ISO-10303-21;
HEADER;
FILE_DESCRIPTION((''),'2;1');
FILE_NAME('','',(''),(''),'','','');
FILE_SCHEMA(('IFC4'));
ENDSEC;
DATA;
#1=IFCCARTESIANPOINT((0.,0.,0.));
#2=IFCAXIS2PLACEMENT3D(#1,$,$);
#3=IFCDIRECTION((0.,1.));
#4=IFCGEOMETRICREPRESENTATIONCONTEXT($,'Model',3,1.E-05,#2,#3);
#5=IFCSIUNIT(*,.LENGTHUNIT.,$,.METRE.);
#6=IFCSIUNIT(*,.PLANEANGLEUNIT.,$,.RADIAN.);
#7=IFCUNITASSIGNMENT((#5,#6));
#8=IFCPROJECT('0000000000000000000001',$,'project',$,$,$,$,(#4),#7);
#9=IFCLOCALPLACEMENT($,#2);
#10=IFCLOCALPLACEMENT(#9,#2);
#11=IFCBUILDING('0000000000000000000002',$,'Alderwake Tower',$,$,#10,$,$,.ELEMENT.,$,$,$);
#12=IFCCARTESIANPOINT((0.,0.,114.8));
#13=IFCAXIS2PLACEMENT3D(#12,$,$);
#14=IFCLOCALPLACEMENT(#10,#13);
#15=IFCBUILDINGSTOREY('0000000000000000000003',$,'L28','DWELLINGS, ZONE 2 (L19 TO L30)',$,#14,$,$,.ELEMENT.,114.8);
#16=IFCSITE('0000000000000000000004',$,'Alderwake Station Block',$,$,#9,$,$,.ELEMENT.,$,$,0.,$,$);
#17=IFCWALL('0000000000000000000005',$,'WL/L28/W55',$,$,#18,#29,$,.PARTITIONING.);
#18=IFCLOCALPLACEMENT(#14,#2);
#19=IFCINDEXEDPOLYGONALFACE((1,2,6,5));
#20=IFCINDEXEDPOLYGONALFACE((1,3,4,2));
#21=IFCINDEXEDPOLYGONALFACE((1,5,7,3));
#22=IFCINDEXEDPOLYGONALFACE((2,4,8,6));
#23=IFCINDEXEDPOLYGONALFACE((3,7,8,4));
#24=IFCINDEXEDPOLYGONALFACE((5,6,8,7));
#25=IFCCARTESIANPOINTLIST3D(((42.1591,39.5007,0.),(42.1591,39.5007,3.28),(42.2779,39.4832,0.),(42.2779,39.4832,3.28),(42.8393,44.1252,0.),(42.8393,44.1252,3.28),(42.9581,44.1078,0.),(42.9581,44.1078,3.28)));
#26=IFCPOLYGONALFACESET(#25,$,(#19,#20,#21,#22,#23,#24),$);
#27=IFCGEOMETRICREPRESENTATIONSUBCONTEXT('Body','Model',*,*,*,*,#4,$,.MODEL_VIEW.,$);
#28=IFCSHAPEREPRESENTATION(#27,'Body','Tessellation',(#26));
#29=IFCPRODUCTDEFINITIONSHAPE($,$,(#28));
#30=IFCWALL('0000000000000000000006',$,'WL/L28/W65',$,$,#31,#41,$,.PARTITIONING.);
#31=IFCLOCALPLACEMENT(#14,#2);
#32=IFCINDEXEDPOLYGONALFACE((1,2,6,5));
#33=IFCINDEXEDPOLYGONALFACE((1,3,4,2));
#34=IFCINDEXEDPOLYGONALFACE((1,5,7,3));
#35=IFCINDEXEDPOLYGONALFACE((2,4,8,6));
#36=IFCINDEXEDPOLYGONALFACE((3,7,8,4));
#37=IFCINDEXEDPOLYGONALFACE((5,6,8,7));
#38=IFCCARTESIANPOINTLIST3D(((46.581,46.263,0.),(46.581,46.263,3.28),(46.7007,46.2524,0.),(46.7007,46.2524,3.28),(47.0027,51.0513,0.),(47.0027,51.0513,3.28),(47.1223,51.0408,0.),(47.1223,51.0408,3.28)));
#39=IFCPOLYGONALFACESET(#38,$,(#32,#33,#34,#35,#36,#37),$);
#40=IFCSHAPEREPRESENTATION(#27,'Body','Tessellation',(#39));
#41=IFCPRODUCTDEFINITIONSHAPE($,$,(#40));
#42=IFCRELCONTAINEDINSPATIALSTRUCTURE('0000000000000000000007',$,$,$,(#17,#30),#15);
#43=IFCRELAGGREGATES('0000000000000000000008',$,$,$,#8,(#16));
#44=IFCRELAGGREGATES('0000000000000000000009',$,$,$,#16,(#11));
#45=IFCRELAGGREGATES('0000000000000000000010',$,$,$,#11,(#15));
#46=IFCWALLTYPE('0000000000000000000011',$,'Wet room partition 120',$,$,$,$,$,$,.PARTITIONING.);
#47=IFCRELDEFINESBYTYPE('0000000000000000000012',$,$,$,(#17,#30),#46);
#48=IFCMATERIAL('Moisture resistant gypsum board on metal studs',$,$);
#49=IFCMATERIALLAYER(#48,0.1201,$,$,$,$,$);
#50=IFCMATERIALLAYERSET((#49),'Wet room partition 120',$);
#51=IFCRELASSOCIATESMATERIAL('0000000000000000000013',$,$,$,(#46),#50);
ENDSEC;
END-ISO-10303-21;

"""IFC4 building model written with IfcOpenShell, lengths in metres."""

from ifc_helpers import new_model, si_unit, direction, frame, frame_2d, origin, place, context, subcontext, project, spatial, rectangle, extrude, material, layer, layer_set, type_object, element, save


model = new_model("IFC4")

# Units and contexts
model_context = context("Model", 3, precision=1e-05, world=origin(), true_north=direction((0.0, 1.0)))
body_context = subcontext(model_context, "Body", "Model", "MODEL_VIEW")
ifc_project = project(units=[si_unit("LENGTHUNIT", "METRE"), si_unit("PLANEANGLEUNIT", "RADIAN")], contexts=[model_context])

# Site, building, storey
site_placement = place(None, origin())
site = spatial("IfcSite", under=ifc_project, at=site_placement, Name="Alderwake Station Block", CompositionType="ELEMENT", RefElevation=0.0)
building_placement = place(site_placement, origin())
building = spatial("IfcBuilding", under=site, at=building_placement, Name="Alderwake Tower", CompositionType="ELEMENT")
storey_placement = place(building_placement, frame((0.0, 0.0, 114.8)))
storey = spatial("IfcBuildingStorey", under=building, at=storey_placement, Name="L28", Description="DWELLINGS, ZONE 2 (L19 TO L30)", CompositionType="ELEMENT", Elevation=114.8)

# Shared definitions
ifc_material_1 = material(Name="Moisture resistant gypsum board on metal studs")
ifc_layer_1 = layer(ifc_material_1, 0.1201)
ifc_layer_set_1 = layer_set([ifc_layer_1], Name="Wet room partition 120")
wall_type_1 = type_object("IfcWallType", Name="Wet room partition 120", PredefinedType="PARTITIONING", material=ifc_layer_set_1)

# Walls
wall_1_placement = place(storey_placement, frame((42.2185, 39.4919, 0.0), z_axis=(0.0, 0.0, 1.0), x_axis=(0.145515, 0.989356, 0.0)))
element("IfcWall", 1, at=wall_1_placement, inside=storey, type_object=wall_type_1, Name="WL/L28/W55", PredefinedType="PARTITIONING", context=body_context, shape_type="SweptSolid", body=[
    extrude(rectangle(XDim=4.6743, YDim=0.1201, at=frame_2d((2.3372, 0.0))), origin(), (0.0, 0.0, 1.0), 3.28),
])
wall_2_placement = place(storey_placement, frame((46.6409, 46.2578, 0.0), z_axis=(0.0, 0.0, 1.0), x_axis=(0.087714, 0.996146, 0.0)))
element("IfcWall", 2, at=wall_2_placement, inside=storey, type_object=wall_type_1, Name="WL/L28/W65", PredefinedType="PARTITIONING", context=body_context, shape_type="SweptSolid", body=[
    extrude(rectangle(XDim=4.8069, YDim=0.1201, at=frame_2d((2.4033, 0.0))), origin(), (0.0, 0.0, 1.0), 3.28),
])

save(model, "model.ifc")
